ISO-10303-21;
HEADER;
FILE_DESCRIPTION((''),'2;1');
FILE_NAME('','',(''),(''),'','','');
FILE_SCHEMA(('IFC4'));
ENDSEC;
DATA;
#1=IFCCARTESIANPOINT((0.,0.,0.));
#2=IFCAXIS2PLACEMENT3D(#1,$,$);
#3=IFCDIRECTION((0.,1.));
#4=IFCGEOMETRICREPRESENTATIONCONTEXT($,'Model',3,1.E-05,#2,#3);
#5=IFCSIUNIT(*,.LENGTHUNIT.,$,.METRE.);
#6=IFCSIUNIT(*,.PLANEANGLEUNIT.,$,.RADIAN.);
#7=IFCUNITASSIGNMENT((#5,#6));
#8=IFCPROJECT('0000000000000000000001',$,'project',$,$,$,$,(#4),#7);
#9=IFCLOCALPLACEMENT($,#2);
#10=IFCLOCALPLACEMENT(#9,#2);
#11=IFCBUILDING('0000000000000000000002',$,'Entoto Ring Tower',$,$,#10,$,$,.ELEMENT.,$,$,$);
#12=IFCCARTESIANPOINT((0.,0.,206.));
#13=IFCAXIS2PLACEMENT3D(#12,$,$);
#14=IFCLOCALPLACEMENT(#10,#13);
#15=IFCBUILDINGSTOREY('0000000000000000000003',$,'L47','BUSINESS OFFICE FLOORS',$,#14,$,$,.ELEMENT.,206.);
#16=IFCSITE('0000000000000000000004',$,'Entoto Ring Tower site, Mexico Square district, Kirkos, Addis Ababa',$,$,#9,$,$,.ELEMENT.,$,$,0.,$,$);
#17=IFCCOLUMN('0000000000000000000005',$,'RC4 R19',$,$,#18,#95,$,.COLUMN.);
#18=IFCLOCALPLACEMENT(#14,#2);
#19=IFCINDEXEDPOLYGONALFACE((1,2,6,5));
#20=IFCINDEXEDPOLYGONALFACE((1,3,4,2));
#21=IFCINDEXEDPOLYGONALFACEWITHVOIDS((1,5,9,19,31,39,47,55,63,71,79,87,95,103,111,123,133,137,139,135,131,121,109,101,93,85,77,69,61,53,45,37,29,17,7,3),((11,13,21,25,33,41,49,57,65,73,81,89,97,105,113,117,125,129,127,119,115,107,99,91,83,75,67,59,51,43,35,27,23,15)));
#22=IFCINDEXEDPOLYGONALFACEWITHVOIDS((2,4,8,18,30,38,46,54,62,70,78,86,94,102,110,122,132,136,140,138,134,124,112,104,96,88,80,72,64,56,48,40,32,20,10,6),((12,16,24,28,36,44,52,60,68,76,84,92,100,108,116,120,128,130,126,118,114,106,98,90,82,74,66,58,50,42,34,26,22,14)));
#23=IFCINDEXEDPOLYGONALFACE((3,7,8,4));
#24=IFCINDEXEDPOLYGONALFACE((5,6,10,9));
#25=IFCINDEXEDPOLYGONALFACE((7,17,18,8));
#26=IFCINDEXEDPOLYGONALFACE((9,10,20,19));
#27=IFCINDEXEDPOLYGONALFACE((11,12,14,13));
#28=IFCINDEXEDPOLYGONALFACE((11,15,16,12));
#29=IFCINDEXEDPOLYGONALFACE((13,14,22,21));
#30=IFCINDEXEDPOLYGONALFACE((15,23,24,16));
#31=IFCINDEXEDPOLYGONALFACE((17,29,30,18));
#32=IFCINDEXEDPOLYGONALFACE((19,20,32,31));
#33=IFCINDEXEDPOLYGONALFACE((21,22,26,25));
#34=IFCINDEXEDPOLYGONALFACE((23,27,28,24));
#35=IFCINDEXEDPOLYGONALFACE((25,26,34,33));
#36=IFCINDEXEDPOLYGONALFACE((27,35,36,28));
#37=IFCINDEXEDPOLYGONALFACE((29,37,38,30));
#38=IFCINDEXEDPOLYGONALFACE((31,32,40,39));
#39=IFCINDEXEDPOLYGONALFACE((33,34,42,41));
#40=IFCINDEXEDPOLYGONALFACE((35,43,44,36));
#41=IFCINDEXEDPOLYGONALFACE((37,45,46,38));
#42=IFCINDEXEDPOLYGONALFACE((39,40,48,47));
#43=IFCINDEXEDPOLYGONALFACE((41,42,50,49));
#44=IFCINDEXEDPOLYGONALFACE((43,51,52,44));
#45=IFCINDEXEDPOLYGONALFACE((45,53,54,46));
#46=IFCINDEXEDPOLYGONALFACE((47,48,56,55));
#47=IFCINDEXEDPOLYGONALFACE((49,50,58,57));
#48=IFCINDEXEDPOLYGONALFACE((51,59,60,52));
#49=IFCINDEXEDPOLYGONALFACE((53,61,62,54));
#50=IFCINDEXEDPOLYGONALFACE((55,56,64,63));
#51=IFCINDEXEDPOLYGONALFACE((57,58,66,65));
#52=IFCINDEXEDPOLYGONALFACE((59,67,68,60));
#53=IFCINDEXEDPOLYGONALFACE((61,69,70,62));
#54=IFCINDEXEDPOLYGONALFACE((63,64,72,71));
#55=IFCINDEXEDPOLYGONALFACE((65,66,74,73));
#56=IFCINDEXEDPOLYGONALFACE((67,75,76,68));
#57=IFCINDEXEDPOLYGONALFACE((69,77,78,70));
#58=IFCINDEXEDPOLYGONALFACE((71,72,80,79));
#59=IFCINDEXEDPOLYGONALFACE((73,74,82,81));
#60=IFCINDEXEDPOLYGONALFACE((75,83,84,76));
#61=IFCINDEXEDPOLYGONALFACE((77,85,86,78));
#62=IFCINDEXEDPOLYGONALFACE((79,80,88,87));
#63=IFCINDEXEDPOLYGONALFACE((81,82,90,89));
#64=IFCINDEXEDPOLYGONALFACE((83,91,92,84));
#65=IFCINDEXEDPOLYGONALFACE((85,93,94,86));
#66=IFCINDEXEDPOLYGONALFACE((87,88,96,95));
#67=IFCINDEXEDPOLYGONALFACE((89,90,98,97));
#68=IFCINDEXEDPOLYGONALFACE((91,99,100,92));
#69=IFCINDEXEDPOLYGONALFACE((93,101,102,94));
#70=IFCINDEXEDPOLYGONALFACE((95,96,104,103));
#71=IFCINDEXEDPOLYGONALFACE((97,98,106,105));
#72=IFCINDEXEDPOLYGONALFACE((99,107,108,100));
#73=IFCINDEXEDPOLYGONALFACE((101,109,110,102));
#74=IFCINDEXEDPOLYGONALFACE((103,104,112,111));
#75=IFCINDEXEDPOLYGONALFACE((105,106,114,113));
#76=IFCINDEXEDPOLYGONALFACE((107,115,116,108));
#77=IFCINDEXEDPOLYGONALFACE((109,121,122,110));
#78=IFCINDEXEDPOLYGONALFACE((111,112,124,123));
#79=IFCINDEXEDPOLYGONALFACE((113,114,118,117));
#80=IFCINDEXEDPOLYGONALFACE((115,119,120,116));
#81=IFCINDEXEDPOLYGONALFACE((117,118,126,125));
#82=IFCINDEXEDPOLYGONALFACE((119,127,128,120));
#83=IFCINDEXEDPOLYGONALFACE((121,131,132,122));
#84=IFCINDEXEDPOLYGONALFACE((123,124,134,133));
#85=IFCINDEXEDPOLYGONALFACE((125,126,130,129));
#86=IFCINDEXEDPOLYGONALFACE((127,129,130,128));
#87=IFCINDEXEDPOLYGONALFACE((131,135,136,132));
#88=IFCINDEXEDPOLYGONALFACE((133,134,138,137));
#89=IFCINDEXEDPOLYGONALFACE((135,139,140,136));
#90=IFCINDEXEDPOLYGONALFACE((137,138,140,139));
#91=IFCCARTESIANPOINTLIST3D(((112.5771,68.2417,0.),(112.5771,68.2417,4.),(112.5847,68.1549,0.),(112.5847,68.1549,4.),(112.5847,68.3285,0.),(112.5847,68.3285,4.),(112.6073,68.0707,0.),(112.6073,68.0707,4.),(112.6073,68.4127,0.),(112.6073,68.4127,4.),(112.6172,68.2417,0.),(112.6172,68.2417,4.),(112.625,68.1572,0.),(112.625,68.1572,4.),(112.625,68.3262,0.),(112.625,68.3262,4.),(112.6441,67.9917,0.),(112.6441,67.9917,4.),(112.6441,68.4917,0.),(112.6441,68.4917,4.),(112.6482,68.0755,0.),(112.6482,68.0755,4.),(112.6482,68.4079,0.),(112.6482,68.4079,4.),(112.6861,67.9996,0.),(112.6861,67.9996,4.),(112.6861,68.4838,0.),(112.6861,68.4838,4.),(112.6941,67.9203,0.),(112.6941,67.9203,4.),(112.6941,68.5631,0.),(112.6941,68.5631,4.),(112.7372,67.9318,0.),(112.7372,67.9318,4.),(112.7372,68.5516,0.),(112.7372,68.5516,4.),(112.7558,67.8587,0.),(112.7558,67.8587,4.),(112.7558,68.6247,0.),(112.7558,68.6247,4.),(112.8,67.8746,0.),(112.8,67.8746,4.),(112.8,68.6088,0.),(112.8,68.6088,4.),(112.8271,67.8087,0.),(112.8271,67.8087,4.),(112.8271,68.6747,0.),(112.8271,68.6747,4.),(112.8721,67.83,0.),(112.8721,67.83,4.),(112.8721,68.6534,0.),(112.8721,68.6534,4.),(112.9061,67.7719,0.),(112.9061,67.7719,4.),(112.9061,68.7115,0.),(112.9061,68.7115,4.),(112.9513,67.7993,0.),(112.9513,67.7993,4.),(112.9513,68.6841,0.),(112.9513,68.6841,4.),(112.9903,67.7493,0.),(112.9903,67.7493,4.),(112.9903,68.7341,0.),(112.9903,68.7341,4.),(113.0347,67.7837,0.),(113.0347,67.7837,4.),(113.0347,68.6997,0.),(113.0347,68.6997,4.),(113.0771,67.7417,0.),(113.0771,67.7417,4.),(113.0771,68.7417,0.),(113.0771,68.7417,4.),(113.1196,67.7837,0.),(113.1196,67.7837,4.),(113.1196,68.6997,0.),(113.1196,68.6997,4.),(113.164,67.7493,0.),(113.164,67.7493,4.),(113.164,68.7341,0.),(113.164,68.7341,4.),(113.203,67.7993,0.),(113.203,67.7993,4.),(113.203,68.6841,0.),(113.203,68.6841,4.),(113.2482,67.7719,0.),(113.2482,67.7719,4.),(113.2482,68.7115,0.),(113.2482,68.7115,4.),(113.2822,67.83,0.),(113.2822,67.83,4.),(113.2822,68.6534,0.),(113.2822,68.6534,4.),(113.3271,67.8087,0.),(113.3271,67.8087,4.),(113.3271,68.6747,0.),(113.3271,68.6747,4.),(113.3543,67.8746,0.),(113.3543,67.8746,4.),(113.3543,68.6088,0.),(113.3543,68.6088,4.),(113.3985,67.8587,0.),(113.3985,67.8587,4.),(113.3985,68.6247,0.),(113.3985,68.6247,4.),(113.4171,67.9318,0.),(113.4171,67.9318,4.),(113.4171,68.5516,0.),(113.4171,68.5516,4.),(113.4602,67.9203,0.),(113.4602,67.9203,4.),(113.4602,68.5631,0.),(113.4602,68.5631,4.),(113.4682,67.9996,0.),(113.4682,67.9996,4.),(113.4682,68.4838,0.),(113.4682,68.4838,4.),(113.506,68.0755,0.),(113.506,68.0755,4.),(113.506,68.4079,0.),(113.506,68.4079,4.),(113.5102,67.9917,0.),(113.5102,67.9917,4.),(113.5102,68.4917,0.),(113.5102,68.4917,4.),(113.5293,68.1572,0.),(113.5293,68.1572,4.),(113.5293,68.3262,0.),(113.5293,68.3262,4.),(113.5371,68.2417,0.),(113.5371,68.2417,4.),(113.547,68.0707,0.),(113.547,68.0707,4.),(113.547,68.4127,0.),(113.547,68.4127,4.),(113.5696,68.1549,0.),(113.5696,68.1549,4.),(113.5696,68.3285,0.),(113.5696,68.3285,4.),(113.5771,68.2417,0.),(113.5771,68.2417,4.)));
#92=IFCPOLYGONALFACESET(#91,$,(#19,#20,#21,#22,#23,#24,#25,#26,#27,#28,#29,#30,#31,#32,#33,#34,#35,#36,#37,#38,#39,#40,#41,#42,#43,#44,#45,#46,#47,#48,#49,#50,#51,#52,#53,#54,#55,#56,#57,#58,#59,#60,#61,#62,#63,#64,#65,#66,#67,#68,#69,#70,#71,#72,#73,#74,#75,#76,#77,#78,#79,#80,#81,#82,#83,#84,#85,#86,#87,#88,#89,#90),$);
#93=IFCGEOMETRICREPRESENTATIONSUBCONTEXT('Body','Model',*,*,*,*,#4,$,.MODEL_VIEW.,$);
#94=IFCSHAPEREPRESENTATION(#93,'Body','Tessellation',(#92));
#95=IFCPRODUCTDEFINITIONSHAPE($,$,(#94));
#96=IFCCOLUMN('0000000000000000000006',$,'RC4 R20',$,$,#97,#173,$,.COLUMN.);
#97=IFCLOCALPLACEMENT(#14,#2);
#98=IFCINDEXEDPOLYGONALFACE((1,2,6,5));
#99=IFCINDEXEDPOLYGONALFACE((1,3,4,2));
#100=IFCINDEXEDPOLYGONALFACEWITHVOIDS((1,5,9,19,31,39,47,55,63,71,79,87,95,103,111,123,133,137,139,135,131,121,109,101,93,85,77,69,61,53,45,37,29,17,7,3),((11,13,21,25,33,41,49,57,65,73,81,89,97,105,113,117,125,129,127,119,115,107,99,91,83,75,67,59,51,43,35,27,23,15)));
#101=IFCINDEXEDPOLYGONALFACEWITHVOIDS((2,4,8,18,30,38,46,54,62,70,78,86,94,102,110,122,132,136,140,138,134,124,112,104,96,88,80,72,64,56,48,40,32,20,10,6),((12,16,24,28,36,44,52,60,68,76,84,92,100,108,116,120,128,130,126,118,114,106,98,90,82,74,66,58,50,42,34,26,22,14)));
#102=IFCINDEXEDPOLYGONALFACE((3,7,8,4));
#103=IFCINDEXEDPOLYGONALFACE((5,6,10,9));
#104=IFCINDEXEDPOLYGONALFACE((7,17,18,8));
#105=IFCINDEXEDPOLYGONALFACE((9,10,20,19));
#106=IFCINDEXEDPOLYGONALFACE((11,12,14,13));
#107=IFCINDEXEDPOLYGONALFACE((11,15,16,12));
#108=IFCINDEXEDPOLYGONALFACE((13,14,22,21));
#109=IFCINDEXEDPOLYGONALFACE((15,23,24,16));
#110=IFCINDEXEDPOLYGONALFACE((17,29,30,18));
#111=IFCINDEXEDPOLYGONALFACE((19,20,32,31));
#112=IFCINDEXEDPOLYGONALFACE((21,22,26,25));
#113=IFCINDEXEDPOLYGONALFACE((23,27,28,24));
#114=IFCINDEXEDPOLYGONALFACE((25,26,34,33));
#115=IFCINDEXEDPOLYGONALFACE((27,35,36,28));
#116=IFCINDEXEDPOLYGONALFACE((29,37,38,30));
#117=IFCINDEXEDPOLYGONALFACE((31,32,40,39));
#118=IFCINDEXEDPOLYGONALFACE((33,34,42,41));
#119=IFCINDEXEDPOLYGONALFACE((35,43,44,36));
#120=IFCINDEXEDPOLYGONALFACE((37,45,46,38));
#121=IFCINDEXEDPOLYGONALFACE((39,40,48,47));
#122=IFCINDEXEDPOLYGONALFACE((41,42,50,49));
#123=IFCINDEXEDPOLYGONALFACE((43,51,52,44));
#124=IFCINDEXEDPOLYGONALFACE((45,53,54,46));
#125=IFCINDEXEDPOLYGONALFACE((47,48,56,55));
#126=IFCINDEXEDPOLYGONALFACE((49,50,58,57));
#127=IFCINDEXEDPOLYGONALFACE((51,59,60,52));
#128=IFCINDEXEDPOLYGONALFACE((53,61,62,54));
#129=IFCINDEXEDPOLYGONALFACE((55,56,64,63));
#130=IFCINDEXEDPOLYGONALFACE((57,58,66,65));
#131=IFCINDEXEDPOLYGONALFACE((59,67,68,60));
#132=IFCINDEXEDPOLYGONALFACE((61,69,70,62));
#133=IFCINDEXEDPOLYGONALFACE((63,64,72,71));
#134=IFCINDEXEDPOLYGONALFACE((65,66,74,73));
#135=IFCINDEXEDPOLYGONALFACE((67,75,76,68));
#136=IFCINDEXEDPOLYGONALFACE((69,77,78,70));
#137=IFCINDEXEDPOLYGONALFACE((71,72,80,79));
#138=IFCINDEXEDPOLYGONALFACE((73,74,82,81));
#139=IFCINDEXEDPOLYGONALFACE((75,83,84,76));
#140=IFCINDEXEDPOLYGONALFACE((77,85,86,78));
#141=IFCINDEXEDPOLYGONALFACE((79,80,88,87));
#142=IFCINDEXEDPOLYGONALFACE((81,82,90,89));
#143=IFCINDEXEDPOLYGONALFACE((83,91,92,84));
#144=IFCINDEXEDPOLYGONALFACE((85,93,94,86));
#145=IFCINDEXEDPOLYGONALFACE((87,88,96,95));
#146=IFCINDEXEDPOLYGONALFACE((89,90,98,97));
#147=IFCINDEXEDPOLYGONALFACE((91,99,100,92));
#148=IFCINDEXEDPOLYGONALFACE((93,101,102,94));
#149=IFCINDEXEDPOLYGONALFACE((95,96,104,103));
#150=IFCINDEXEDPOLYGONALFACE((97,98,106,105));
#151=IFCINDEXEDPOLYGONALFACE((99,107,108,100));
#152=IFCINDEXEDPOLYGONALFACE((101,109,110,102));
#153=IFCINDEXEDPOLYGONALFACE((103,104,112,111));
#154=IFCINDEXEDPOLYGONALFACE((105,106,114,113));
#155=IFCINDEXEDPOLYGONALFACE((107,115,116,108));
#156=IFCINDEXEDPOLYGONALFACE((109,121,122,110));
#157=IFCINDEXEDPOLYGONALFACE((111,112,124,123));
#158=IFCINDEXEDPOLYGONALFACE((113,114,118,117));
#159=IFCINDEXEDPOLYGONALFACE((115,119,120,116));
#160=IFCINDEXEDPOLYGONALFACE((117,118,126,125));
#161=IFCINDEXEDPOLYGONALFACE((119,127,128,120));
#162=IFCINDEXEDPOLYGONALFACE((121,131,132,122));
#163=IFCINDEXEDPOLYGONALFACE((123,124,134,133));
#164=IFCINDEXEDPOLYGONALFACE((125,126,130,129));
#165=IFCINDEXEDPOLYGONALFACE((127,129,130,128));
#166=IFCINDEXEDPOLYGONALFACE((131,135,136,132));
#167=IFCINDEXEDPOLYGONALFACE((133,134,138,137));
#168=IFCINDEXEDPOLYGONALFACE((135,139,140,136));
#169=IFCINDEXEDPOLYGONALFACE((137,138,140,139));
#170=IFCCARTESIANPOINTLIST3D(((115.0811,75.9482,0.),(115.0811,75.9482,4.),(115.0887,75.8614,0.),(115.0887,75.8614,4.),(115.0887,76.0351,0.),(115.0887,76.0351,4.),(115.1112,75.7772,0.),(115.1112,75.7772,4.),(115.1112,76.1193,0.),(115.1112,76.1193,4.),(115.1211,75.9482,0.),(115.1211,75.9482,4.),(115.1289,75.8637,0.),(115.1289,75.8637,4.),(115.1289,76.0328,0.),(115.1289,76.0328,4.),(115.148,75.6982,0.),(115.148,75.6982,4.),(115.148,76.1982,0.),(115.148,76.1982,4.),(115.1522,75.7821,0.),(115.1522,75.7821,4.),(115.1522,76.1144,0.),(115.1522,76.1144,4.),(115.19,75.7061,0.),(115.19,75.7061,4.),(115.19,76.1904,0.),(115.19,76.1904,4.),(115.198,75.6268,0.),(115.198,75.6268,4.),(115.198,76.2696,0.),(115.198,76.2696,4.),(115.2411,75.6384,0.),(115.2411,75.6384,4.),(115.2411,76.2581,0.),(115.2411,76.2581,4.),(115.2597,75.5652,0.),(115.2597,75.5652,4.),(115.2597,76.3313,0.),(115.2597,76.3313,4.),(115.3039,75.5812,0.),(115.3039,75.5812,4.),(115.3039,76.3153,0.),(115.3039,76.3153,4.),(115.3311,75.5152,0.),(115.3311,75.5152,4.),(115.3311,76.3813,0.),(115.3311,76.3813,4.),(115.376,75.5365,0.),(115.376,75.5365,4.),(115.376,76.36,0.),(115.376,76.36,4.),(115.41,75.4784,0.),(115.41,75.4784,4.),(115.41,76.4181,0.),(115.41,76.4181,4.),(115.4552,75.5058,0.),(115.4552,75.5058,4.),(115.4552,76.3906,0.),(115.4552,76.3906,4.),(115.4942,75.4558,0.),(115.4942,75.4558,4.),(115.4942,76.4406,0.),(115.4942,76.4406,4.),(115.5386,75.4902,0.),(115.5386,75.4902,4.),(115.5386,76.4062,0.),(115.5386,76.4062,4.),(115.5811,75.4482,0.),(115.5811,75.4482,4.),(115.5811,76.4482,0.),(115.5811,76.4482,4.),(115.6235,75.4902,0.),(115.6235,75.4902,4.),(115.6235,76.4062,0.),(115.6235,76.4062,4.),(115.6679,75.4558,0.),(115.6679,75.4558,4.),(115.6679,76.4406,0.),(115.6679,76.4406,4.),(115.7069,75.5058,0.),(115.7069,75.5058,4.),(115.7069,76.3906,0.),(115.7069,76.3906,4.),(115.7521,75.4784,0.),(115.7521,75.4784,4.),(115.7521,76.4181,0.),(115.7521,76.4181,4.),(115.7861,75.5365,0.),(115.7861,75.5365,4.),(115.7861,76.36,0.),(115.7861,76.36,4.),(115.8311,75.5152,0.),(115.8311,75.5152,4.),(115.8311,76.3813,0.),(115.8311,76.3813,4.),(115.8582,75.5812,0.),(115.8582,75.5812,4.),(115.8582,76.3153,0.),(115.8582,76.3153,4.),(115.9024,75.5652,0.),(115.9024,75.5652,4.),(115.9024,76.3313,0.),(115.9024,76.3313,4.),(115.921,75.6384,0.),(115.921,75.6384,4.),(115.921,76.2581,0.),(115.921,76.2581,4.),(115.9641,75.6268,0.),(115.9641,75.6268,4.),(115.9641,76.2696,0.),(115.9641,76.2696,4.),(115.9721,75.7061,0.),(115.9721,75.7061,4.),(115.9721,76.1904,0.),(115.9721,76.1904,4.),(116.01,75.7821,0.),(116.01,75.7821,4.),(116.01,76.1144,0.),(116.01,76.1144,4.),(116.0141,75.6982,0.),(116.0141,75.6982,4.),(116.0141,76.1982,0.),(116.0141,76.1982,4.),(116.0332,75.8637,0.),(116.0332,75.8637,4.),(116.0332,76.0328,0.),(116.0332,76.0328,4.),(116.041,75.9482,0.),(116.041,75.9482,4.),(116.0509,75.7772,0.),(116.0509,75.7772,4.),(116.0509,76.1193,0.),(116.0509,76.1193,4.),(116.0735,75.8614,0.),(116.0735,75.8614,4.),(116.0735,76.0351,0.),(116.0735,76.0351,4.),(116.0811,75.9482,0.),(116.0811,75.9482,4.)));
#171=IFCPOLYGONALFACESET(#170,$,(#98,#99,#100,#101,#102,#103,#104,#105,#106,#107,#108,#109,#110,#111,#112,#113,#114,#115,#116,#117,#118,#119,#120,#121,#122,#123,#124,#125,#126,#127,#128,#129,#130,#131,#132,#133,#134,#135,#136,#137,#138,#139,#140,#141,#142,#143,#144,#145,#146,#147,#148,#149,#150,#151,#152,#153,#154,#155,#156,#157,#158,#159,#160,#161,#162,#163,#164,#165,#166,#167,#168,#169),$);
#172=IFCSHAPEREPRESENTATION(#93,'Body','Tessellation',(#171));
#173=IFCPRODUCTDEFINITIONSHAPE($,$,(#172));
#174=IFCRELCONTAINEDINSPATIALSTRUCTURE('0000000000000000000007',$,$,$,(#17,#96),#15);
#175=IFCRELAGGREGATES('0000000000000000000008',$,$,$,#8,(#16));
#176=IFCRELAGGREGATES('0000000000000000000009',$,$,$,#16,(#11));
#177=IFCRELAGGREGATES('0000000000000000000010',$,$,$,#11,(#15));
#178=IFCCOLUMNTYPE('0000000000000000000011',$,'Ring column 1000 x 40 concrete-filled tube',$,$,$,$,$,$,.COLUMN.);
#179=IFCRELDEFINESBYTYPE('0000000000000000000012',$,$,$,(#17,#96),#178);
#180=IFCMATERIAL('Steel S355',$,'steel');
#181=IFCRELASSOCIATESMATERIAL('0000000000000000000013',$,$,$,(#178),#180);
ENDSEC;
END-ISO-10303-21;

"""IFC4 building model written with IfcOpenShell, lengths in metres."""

from ifc_helpers import new_model, si_unit, direction, frame, origin, origin_2d, place, context, subcontext, project, spatial, circle, hollow_circle, extrude, material, material_profile, profile_set, type_object, element, save


model = new_model("IFC4")

# Units and contexts
model_context = context("Model", 3, precision=1e-05, world=origin(), true_north=direction((0.0, 1.0)))
body_context = subcontext(model_context, "Body", "Model", "MODEL_VIEW")
ifc_project = project(units=[si_unit("LENGTHUNIT", "METRE"), si_unit("PLANEANGLEUNIT", "RADIAN")], contexts=[model_context])

# Site, building, storey
site_placement = place(None, origin())
site = spatial("IfcSite", under=ifc_project, at=site_placement, Name="Entoto Ring Tower site, Mexico Square district, Kirkos, Addis Ababa", CompositionType="ELEMENT", RefElevation=0.0)
building_placement = place(site_placement, origin())
building = spatial("IfcBuilding", under=site, at=building_placement, Name="Entoto Ring Tower", CompositionType="ELEMENT")
storey_placement = place(building_placement, frame((0.0, 0.0, 206.0)))
storey = spatial("IfcBuildingStorey", under=building, at=storey_placement, Name="L47", Description="BUSINESS OFFICE FLOORS", CompositionType="ELEMENT", Elevation=206.0)

# Columns
ifc_material_1 = material(Name="Steel S355", Category="steel")
ifc_material_profile_1 = material_profile(ifc_material_1, hollow_circle(Radius=0.5, WallThickness=0.04, at=origin_2d()), Name="CHS 1000 x 40")
ifc_material_2 = material(Name="Concrete C60/75", Category="concrete")
ifc_material_profile_2 = material_profile(ifc_material_2, circle(Radius=0.46, at=origin_2d()), Name="Concrete C60/75 infill")
ifc_profile_set_1 = profile_set([ifc_material_profile_1, ifc_material_profile_2], Name="Steel S355")
column_type = type_object("IfcColumnType", Name="Ring column 1000 x 40 concrete-filled tube", PredefinedType="COLUMN", material=ifc_profile_set_1)
for number, where, z_axis, x_axis, name in (
    (1, (113.0771, 68.2417, 0.0), (0.0, 0.0, 1.0), (1.0, 0.0, 0.0), "RC4 R19"),
    (2, (115.5811, 75.9482, 0.0), (0.0, 0.0, 1.0), (1.0, 0.0, 0.0), "RC4 R20"),
):
    element("IfcColumn", number, at=place(storey_placement, frame(where, z_axis=z_axis, x_axis=x_axis)), inside=storey, type_object=column_type, Name=name, PredefinedType="COLUMN", context=body_context, shape_type="SweptSolid", body=[
        extrude(hollow_circle(Radius=0.5, WallThickness=0.04, at=origin_2d()), origin(), (0.0, 0.0, 1.0), 4.0),
    ])

save(model, "model.ifc")
